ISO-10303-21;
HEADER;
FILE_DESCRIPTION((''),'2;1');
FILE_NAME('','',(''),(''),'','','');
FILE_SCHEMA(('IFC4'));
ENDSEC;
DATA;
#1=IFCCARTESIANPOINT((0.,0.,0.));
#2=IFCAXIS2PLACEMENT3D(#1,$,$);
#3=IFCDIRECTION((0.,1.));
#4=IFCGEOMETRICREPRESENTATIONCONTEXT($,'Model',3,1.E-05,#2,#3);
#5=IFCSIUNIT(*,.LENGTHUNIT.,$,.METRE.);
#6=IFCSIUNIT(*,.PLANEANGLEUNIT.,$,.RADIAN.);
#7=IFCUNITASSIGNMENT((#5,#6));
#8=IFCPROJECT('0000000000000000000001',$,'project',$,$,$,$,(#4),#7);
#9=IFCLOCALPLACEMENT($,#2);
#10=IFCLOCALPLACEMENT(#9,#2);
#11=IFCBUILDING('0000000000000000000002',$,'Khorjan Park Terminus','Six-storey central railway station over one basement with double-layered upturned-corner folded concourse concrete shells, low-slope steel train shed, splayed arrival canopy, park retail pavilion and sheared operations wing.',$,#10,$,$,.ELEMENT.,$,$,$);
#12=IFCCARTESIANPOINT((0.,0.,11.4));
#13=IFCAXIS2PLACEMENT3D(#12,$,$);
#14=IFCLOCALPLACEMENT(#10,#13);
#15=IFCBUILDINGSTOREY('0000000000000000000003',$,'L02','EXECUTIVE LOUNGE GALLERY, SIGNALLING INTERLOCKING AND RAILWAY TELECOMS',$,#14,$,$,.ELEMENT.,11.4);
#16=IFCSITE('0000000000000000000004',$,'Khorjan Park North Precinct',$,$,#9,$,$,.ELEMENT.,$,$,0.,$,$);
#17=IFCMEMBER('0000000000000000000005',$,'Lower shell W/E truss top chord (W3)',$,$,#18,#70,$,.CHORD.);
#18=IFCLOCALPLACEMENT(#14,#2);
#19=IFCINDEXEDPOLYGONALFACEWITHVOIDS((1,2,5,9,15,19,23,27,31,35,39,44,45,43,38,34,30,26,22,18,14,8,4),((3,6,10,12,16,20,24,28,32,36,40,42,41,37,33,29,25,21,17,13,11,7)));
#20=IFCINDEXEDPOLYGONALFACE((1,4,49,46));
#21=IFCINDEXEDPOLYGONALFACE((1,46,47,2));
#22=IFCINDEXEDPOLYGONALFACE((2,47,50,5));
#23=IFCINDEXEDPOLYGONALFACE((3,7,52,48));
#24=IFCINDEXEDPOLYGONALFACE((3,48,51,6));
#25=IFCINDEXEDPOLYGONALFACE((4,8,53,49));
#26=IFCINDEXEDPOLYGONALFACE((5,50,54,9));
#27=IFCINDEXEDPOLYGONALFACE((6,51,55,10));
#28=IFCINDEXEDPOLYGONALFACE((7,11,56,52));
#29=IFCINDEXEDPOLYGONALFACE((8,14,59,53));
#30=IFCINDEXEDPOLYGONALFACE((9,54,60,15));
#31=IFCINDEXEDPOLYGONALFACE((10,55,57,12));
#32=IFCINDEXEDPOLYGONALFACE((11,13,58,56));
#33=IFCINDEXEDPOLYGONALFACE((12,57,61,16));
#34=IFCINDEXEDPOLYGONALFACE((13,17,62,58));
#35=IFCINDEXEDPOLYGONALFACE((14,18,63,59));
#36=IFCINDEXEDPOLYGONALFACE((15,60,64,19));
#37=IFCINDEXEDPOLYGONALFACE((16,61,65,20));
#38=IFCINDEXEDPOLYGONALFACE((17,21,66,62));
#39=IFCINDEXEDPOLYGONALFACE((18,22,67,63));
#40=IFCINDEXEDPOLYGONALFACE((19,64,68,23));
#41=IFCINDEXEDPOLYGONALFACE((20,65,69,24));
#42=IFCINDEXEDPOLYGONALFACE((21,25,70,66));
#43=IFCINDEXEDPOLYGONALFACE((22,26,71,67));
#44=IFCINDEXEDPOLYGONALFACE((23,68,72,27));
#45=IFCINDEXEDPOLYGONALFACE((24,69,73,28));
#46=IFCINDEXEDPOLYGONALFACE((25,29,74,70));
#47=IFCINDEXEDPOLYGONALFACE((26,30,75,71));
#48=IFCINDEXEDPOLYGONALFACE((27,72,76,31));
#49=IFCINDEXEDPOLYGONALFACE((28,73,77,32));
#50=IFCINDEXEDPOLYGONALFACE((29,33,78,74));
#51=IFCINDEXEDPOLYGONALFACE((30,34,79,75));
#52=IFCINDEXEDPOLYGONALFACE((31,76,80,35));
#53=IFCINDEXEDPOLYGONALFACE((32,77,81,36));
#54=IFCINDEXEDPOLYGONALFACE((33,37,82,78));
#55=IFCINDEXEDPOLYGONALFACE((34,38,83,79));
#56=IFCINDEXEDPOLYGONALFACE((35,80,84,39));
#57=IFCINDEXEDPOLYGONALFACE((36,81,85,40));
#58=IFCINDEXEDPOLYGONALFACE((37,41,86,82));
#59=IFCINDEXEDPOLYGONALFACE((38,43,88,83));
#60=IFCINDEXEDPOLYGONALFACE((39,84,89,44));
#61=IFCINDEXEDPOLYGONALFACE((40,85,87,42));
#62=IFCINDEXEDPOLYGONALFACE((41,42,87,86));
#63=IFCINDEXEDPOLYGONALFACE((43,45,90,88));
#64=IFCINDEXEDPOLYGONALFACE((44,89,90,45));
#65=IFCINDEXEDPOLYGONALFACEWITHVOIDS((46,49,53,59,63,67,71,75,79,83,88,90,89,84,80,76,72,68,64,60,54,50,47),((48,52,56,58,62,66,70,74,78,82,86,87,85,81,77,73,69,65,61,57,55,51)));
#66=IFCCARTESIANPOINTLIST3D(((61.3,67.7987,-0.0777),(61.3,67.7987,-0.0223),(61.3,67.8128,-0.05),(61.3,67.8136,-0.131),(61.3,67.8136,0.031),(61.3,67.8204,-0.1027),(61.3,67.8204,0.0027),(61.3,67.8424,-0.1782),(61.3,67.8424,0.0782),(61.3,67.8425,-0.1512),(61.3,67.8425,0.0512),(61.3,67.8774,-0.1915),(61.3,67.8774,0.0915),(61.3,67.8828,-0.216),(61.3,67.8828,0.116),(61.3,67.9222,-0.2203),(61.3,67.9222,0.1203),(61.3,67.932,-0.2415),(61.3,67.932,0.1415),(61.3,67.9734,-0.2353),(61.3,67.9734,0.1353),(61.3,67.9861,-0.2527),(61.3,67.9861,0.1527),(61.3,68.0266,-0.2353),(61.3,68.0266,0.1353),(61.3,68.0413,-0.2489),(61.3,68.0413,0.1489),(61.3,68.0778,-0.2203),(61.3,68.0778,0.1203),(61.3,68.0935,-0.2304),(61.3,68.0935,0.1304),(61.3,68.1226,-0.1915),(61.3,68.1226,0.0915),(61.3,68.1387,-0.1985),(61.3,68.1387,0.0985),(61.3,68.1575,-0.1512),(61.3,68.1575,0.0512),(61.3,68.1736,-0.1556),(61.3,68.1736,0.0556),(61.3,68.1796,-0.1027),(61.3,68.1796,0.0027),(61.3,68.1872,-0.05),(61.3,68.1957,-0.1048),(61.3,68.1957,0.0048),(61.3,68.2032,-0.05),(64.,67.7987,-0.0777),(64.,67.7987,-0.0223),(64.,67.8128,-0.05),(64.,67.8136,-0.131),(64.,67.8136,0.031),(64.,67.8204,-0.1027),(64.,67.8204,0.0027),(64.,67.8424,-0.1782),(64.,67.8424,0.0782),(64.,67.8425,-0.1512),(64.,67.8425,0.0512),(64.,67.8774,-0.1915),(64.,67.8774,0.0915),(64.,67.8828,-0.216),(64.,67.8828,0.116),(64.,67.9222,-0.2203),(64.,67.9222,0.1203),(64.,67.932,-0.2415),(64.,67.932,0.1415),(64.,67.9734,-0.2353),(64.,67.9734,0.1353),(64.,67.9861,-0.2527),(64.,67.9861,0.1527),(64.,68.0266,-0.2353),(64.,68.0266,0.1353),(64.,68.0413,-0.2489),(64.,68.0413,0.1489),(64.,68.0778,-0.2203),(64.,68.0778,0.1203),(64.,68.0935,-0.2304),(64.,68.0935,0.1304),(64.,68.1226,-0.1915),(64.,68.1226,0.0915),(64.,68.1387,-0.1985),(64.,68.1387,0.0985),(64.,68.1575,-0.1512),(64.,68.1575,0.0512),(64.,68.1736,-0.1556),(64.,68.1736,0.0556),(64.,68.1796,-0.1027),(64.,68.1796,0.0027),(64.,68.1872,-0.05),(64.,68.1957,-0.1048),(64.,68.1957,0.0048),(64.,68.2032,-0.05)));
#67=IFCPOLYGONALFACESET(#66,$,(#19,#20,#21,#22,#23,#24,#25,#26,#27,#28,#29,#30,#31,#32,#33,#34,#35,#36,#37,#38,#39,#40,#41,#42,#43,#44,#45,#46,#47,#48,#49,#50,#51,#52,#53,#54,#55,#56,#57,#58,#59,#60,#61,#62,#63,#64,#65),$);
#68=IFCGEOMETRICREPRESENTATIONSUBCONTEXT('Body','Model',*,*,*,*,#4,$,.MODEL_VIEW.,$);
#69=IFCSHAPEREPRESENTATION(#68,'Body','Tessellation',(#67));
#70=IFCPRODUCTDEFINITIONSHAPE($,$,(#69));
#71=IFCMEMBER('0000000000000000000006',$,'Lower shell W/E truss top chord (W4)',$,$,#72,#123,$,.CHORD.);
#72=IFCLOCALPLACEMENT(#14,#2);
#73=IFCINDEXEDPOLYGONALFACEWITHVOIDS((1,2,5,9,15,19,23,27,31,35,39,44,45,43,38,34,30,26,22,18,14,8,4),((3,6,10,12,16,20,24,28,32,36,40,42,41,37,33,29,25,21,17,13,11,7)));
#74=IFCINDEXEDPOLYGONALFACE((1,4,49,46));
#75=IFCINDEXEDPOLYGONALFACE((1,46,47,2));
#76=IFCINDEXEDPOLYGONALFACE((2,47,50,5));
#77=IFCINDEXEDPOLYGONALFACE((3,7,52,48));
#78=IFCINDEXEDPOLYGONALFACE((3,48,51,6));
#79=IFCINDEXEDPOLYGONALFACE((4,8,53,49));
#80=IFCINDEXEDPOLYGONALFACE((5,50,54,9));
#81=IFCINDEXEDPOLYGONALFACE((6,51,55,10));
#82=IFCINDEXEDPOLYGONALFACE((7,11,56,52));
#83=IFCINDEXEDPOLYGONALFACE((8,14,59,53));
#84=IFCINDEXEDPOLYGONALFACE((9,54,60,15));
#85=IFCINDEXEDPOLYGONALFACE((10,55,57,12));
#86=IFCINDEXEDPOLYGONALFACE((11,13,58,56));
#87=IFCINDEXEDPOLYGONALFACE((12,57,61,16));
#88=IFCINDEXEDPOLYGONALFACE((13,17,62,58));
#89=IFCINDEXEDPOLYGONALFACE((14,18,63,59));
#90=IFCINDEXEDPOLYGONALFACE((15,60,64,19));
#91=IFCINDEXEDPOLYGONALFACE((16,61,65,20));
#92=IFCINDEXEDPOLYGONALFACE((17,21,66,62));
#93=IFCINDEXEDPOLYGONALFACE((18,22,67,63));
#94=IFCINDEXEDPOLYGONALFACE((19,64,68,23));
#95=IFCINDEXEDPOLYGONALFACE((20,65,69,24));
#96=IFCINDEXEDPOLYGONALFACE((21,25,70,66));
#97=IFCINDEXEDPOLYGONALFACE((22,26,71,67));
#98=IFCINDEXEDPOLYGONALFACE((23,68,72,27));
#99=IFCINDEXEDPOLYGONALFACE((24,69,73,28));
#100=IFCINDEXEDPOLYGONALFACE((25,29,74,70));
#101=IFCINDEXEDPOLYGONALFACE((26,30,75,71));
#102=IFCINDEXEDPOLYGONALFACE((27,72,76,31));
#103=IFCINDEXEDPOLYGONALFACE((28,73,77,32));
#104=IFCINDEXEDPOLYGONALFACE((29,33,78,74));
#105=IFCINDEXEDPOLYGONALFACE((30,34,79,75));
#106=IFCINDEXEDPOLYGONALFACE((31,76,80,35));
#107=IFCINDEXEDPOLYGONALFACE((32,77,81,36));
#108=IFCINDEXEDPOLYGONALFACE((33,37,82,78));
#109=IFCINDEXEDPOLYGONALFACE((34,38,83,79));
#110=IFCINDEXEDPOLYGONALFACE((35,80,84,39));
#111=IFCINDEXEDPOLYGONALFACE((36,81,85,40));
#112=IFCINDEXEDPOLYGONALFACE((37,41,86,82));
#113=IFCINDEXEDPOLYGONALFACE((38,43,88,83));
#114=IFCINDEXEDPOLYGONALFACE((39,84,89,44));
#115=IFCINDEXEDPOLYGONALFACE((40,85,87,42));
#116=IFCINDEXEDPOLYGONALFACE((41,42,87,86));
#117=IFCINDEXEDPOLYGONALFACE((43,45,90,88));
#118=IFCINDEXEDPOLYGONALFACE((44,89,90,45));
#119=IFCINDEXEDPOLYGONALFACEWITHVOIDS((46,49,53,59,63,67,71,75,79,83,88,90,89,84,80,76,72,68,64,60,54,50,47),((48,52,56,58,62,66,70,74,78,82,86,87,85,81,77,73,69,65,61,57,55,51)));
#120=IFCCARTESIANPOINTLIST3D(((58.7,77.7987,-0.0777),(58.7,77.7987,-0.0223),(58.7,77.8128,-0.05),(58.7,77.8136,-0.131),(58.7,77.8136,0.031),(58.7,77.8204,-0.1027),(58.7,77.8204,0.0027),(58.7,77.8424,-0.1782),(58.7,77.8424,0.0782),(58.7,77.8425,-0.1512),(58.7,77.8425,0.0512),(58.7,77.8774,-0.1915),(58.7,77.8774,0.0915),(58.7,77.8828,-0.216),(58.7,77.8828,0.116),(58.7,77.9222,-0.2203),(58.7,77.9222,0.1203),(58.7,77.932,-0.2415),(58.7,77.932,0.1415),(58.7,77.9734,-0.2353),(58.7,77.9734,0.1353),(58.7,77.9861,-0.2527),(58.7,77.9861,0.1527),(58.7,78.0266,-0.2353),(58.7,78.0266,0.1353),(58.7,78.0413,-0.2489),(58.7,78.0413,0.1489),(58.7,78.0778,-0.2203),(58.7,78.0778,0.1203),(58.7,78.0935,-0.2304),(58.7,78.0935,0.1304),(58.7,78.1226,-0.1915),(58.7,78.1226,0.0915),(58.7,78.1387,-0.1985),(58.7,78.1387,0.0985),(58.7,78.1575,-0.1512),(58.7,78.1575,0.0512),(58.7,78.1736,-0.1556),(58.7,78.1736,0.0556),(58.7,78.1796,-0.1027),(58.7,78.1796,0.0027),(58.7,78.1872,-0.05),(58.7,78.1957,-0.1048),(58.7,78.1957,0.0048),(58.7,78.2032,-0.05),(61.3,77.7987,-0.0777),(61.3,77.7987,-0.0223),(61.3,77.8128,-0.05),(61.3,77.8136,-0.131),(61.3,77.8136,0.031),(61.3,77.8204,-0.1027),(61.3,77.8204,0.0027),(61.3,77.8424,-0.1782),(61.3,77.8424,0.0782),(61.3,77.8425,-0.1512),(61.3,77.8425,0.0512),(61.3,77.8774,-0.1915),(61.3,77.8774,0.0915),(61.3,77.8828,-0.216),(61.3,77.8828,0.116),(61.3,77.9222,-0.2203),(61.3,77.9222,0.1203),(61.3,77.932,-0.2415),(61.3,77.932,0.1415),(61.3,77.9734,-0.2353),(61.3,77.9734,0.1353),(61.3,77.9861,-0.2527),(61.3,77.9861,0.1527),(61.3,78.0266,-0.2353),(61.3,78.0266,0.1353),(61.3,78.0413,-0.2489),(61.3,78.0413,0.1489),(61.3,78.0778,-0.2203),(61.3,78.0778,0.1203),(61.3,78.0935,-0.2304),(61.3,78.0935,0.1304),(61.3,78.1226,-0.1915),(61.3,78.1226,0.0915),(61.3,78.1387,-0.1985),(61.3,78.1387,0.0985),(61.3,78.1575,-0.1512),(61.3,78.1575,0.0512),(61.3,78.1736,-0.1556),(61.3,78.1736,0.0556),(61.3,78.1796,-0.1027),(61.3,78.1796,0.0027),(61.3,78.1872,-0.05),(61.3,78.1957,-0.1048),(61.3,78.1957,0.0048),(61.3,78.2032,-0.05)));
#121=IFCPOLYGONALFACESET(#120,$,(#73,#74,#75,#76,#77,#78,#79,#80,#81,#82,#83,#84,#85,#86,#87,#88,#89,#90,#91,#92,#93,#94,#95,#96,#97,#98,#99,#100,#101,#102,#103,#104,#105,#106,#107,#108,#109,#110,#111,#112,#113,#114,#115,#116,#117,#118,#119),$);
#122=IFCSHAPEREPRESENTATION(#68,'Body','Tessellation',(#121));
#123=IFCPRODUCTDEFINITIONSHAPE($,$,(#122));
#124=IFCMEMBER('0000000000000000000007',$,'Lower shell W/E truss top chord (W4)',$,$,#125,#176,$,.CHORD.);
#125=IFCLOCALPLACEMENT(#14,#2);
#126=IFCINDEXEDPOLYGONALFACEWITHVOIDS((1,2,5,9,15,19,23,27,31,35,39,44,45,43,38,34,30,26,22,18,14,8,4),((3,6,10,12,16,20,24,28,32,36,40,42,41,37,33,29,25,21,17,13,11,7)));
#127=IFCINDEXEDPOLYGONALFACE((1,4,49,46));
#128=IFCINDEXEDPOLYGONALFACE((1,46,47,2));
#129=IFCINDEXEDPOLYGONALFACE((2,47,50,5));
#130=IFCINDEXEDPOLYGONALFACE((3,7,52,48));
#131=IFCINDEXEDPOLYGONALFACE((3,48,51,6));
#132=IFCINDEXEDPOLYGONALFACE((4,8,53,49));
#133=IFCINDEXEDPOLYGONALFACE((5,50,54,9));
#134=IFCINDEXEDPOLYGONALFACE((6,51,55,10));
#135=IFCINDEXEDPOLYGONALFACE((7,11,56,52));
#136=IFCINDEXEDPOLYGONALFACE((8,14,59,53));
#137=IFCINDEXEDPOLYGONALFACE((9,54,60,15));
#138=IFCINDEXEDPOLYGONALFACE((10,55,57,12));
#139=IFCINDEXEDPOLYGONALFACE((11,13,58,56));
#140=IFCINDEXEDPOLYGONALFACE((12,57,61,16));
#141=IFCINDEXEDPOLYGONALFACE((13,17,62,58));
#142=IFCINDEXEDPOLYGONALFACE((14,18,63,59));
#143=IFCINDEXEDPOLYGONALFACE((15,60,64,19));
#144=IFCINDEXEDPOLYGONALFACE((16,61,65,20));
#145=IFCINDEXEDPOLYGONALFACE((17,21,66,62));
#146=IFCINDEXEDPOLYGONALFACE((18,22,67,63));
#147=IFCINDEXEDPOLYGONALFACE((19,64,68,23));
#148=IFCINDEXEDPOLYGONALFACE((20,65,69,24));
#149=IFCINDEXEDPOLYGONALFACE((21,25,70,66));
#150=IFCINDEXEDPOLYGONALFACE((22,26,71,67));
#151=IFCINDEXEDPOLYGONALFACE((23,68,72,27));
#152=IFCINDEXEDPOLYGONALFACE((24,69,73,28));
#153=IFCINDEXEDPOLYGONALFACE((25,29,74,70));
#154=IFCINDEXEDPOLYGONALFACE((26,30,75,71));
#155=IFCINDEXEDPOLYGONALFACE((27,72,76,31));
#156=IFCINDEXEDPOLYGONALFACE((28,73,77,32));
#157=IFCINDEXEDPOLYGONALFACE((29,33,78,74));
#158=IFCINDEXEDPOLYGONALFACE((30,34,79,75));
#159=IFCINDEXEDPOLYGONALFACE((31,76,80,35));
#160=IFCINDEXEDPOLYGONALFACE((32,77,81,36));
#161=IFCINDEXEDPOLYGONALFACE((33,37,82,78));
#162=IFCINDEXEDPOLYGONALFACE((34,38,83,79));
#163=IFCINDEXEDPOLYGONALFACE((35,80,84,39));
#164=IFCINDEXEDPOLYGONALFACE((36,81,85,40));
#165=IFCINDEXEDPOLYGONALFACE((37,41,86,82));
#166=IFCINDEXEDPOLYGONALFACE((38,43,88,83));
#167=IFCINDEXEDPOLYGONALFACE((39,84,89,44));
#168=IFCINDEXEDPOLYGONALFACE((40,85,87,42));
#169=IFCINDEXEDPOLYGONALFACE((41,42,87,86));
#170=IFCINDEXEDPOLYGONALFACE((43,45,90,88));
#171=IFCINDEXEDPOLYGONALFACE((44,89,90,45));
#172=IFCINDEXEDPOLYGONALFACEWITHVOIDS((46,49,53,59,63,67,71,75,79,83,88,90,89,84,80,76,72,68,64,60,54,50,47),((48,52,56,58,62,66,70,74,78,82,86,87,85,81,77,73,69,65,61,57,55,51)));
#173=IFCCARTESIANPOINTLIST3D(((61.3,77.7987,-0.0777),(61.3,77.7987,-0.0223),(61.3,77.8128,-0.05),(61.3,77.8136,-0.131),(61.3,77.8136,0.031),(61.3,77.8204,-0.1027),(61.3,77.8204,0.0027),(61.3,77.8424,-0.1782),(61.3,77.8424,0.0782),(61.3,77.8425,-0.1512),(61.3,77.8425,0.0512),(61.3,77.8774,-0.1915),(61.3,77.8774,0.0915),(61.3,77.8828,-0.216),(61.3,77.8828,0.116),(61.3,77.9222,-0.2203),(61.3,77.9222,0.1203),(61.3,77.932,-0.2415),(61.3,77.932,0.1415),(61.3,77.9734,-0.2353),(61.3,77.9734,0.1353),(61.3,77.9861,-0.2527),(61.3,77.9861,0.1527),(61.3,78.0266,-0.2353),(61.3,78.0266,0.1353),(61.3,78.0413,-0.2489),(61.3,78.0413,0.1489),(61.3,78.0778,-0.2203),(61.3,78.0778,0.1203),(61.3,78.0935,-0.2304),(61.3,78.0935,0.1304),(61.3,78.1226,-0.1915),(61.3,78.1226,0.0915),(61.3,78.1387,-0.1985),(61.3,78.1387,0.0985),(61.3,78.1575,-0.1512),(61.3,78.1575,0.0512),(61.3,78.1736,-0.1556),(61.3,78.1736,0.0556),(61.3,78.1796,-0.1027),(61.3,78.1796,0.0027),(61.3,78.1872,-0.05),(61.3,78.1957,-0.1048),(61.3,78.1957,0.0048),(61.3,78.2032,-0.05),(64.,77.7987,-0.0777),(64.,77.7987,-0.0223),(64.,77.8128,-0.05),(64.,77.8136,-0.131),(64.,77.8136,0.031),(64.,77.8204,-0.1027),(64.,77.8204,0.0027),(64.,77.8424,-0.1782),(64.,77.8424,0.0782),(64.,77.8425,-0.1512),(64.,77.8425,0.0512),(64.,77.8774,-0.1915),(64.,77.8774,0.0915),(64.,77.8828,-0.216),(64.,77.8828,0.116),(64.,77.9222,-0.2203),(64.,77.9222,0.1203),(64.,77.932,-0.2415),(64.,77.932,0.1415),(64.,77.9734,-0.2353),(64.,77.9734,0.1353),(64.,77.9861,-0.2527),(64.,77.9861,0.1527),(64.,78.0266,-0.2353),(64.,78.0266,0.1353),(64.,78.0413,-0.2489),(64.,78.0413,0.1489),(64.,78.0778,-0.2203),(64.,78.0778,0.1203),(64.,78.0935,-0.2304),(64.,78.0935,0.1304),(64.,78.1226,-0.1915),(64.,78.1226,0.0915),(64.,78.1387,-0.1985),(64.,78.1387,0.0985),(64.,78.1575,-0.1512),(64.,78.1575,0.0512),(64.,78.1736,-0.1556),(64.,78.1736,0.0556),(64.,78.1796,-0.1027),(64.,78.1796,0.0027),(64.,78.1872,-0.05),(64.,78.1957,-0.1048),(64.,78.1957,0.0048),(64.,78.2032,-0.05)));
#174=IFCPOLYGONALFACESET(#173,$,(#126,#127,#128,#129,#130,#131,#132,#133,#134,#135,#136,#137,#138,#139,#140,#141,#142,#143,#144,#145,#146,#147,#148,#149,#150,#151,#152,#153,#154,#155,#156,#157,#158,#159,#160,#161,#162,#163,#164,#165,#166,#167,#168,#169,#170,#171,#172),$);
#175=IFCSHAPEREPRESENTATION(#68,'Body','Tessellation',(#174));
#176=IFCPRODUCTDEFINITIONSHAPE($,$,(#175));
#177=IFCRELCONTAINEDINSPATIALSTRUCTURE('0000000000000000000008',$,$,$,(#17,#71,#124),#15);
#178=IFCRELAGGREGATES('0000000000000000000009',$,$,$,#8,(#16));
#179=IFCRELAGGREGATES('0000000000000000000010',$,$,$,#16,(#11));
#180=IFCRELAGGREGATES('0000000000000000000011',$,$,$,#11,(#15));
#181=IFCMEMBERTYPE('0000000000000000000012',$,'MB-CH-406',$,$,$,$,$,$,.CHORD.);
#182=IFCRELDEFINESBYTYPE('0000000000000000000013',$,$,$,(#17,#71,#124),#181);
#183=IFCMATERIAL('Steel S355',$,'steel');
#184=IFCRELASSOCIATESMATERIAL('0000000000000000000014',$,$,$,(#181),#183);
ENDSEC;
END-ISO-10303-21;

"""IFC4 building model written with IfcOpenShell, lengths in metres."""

from ifc_helpers import new_model, si_unit, direction, frame, origin, origin_2d, place, context, subcontext, project, spatial, hollow_circle, extrude, material, material_profile, profile_set, type_object, element, save


model = new_model("IFC4")

# Units and contexts
model_context = context("Model", 3, precision=1e-05, world=origin(), true_north=direction((0.0, 1.0)))
body_context = subcontext(model_context, "Body", "Model", "MODEL_VIEW")
ifc_project = project(units=[si_unit("LENGTHUNIT", "METRE"), si_unit("PLANEANGLEUNIT", "RADIAN")], contexts=[model_context])

# Site, building, storey
site_placement = place(None, origin())
site = spatial("IfcSite", under=ifc_project, at=site_placement, Name="Khorjan Park North Precinct", CompositionType="ELEMENT", RefElevation=0.0)
building_placement = place(site_placement, origin())
building = spatial("IfcBuilding", under=site, at=building_placement, Name="Khorjan Park Terminus", Description="Six-storey central railway station over one basement with double-layered upturned-corner folded concourse concrete shells, low-slope steel train shed, splayed arrival canopy, park retail pavilion and sheared operations wing.", CompositionType="ELEMENT")
storey_placement = place(building_placement, frame((0.0, 0.0, 11.4)))
storey = spatial("IfcBuildingStorey", under=building, at=storey_placement, Name="L02", Description="EXECUTIVE LOUNGE GALLERY, SIGNALLING INTERLOCKING AND RAILWAY TELECOMS", CompositionType="ELEMENT", Elevation=11.4)

# Shared definitions
ifc_material = material(Name="Steel S355", Category="steel")

# Members
ifc_material_profile_1 = material_profile(ifc_material, hollow_circle(Radius=0.2032, WallThickness=0.016, at=origin_2d()), Name="CHS 406.4x16")
ifc_profile_set_1 = profile_set([ifc_material_profile_1], Name="Steel S355")
member_type_1 = type_object("IfcMemberType", Name="MB-CH-406", PredefinedType="CHORD", material=ifc_profile_set_1)
member_1_placement = place(storey_placement, frame((61.3, 68.0, -0.05), z_axis=(1.0, 0.0, 0.0), x_axis=(0.0, 1.0, 0.0)))
element("IfcMember", 1, at=member_1_placement, inside=storey, type_object=member_type_1, Name="Lower shell W/E truss top chord (W3)", PredefinedType="CHORD", context=body_context, shape_type="SweptSolid", body=[
    extrude(hollow_circle(Radius=0.2032, WallThickness=0.016, at=origin_2d()), origin(), (0.0, 0.0, 1.0), 2.7),
])
member_2_placement = place(storey_placement, frame((58.7, 78.0, -0.05), z_axis=(1.0, 0.0, 0.0), x_axis=(0.0, 1.0, 0.0)))
element("IfcMember", 2, at=member_2_placement, inside=storey, type_object=member_type_1, Name="Lower shell W/E truss top chord (W4)", PredefinedType="CHORD", context=body_context, shape_type="SweptSolid", body=[
    extrude(hollow_circle(Radius=0.2032, WallThickness=0.016, at=origin_2d()), origin(), (0.0, 0.0, 1.0), 2.6),
])
member_3_placement = place(storey_placement, frame((61.3, 78.0, -0.05), z_axis=(1.0, 0.0, 0.0), x_axis=(0.0, 1.0, 0.0)))
element("IfcMember", 3, at=member_3_placement, inside=storey, type_object=member_type_1, Name="Lower shell W/E truss top chord (W4)", PredefinedType="CHORD", context=body_context, shape_type="SweptSolid", body=[
    extrude(hollow_circle(Radius=0.2032, WallThickness=0.016, at=origin_2d()), origin(), (0.0, 0.0, 1.0), 2.7),
])

save(model, "model.ifc")
